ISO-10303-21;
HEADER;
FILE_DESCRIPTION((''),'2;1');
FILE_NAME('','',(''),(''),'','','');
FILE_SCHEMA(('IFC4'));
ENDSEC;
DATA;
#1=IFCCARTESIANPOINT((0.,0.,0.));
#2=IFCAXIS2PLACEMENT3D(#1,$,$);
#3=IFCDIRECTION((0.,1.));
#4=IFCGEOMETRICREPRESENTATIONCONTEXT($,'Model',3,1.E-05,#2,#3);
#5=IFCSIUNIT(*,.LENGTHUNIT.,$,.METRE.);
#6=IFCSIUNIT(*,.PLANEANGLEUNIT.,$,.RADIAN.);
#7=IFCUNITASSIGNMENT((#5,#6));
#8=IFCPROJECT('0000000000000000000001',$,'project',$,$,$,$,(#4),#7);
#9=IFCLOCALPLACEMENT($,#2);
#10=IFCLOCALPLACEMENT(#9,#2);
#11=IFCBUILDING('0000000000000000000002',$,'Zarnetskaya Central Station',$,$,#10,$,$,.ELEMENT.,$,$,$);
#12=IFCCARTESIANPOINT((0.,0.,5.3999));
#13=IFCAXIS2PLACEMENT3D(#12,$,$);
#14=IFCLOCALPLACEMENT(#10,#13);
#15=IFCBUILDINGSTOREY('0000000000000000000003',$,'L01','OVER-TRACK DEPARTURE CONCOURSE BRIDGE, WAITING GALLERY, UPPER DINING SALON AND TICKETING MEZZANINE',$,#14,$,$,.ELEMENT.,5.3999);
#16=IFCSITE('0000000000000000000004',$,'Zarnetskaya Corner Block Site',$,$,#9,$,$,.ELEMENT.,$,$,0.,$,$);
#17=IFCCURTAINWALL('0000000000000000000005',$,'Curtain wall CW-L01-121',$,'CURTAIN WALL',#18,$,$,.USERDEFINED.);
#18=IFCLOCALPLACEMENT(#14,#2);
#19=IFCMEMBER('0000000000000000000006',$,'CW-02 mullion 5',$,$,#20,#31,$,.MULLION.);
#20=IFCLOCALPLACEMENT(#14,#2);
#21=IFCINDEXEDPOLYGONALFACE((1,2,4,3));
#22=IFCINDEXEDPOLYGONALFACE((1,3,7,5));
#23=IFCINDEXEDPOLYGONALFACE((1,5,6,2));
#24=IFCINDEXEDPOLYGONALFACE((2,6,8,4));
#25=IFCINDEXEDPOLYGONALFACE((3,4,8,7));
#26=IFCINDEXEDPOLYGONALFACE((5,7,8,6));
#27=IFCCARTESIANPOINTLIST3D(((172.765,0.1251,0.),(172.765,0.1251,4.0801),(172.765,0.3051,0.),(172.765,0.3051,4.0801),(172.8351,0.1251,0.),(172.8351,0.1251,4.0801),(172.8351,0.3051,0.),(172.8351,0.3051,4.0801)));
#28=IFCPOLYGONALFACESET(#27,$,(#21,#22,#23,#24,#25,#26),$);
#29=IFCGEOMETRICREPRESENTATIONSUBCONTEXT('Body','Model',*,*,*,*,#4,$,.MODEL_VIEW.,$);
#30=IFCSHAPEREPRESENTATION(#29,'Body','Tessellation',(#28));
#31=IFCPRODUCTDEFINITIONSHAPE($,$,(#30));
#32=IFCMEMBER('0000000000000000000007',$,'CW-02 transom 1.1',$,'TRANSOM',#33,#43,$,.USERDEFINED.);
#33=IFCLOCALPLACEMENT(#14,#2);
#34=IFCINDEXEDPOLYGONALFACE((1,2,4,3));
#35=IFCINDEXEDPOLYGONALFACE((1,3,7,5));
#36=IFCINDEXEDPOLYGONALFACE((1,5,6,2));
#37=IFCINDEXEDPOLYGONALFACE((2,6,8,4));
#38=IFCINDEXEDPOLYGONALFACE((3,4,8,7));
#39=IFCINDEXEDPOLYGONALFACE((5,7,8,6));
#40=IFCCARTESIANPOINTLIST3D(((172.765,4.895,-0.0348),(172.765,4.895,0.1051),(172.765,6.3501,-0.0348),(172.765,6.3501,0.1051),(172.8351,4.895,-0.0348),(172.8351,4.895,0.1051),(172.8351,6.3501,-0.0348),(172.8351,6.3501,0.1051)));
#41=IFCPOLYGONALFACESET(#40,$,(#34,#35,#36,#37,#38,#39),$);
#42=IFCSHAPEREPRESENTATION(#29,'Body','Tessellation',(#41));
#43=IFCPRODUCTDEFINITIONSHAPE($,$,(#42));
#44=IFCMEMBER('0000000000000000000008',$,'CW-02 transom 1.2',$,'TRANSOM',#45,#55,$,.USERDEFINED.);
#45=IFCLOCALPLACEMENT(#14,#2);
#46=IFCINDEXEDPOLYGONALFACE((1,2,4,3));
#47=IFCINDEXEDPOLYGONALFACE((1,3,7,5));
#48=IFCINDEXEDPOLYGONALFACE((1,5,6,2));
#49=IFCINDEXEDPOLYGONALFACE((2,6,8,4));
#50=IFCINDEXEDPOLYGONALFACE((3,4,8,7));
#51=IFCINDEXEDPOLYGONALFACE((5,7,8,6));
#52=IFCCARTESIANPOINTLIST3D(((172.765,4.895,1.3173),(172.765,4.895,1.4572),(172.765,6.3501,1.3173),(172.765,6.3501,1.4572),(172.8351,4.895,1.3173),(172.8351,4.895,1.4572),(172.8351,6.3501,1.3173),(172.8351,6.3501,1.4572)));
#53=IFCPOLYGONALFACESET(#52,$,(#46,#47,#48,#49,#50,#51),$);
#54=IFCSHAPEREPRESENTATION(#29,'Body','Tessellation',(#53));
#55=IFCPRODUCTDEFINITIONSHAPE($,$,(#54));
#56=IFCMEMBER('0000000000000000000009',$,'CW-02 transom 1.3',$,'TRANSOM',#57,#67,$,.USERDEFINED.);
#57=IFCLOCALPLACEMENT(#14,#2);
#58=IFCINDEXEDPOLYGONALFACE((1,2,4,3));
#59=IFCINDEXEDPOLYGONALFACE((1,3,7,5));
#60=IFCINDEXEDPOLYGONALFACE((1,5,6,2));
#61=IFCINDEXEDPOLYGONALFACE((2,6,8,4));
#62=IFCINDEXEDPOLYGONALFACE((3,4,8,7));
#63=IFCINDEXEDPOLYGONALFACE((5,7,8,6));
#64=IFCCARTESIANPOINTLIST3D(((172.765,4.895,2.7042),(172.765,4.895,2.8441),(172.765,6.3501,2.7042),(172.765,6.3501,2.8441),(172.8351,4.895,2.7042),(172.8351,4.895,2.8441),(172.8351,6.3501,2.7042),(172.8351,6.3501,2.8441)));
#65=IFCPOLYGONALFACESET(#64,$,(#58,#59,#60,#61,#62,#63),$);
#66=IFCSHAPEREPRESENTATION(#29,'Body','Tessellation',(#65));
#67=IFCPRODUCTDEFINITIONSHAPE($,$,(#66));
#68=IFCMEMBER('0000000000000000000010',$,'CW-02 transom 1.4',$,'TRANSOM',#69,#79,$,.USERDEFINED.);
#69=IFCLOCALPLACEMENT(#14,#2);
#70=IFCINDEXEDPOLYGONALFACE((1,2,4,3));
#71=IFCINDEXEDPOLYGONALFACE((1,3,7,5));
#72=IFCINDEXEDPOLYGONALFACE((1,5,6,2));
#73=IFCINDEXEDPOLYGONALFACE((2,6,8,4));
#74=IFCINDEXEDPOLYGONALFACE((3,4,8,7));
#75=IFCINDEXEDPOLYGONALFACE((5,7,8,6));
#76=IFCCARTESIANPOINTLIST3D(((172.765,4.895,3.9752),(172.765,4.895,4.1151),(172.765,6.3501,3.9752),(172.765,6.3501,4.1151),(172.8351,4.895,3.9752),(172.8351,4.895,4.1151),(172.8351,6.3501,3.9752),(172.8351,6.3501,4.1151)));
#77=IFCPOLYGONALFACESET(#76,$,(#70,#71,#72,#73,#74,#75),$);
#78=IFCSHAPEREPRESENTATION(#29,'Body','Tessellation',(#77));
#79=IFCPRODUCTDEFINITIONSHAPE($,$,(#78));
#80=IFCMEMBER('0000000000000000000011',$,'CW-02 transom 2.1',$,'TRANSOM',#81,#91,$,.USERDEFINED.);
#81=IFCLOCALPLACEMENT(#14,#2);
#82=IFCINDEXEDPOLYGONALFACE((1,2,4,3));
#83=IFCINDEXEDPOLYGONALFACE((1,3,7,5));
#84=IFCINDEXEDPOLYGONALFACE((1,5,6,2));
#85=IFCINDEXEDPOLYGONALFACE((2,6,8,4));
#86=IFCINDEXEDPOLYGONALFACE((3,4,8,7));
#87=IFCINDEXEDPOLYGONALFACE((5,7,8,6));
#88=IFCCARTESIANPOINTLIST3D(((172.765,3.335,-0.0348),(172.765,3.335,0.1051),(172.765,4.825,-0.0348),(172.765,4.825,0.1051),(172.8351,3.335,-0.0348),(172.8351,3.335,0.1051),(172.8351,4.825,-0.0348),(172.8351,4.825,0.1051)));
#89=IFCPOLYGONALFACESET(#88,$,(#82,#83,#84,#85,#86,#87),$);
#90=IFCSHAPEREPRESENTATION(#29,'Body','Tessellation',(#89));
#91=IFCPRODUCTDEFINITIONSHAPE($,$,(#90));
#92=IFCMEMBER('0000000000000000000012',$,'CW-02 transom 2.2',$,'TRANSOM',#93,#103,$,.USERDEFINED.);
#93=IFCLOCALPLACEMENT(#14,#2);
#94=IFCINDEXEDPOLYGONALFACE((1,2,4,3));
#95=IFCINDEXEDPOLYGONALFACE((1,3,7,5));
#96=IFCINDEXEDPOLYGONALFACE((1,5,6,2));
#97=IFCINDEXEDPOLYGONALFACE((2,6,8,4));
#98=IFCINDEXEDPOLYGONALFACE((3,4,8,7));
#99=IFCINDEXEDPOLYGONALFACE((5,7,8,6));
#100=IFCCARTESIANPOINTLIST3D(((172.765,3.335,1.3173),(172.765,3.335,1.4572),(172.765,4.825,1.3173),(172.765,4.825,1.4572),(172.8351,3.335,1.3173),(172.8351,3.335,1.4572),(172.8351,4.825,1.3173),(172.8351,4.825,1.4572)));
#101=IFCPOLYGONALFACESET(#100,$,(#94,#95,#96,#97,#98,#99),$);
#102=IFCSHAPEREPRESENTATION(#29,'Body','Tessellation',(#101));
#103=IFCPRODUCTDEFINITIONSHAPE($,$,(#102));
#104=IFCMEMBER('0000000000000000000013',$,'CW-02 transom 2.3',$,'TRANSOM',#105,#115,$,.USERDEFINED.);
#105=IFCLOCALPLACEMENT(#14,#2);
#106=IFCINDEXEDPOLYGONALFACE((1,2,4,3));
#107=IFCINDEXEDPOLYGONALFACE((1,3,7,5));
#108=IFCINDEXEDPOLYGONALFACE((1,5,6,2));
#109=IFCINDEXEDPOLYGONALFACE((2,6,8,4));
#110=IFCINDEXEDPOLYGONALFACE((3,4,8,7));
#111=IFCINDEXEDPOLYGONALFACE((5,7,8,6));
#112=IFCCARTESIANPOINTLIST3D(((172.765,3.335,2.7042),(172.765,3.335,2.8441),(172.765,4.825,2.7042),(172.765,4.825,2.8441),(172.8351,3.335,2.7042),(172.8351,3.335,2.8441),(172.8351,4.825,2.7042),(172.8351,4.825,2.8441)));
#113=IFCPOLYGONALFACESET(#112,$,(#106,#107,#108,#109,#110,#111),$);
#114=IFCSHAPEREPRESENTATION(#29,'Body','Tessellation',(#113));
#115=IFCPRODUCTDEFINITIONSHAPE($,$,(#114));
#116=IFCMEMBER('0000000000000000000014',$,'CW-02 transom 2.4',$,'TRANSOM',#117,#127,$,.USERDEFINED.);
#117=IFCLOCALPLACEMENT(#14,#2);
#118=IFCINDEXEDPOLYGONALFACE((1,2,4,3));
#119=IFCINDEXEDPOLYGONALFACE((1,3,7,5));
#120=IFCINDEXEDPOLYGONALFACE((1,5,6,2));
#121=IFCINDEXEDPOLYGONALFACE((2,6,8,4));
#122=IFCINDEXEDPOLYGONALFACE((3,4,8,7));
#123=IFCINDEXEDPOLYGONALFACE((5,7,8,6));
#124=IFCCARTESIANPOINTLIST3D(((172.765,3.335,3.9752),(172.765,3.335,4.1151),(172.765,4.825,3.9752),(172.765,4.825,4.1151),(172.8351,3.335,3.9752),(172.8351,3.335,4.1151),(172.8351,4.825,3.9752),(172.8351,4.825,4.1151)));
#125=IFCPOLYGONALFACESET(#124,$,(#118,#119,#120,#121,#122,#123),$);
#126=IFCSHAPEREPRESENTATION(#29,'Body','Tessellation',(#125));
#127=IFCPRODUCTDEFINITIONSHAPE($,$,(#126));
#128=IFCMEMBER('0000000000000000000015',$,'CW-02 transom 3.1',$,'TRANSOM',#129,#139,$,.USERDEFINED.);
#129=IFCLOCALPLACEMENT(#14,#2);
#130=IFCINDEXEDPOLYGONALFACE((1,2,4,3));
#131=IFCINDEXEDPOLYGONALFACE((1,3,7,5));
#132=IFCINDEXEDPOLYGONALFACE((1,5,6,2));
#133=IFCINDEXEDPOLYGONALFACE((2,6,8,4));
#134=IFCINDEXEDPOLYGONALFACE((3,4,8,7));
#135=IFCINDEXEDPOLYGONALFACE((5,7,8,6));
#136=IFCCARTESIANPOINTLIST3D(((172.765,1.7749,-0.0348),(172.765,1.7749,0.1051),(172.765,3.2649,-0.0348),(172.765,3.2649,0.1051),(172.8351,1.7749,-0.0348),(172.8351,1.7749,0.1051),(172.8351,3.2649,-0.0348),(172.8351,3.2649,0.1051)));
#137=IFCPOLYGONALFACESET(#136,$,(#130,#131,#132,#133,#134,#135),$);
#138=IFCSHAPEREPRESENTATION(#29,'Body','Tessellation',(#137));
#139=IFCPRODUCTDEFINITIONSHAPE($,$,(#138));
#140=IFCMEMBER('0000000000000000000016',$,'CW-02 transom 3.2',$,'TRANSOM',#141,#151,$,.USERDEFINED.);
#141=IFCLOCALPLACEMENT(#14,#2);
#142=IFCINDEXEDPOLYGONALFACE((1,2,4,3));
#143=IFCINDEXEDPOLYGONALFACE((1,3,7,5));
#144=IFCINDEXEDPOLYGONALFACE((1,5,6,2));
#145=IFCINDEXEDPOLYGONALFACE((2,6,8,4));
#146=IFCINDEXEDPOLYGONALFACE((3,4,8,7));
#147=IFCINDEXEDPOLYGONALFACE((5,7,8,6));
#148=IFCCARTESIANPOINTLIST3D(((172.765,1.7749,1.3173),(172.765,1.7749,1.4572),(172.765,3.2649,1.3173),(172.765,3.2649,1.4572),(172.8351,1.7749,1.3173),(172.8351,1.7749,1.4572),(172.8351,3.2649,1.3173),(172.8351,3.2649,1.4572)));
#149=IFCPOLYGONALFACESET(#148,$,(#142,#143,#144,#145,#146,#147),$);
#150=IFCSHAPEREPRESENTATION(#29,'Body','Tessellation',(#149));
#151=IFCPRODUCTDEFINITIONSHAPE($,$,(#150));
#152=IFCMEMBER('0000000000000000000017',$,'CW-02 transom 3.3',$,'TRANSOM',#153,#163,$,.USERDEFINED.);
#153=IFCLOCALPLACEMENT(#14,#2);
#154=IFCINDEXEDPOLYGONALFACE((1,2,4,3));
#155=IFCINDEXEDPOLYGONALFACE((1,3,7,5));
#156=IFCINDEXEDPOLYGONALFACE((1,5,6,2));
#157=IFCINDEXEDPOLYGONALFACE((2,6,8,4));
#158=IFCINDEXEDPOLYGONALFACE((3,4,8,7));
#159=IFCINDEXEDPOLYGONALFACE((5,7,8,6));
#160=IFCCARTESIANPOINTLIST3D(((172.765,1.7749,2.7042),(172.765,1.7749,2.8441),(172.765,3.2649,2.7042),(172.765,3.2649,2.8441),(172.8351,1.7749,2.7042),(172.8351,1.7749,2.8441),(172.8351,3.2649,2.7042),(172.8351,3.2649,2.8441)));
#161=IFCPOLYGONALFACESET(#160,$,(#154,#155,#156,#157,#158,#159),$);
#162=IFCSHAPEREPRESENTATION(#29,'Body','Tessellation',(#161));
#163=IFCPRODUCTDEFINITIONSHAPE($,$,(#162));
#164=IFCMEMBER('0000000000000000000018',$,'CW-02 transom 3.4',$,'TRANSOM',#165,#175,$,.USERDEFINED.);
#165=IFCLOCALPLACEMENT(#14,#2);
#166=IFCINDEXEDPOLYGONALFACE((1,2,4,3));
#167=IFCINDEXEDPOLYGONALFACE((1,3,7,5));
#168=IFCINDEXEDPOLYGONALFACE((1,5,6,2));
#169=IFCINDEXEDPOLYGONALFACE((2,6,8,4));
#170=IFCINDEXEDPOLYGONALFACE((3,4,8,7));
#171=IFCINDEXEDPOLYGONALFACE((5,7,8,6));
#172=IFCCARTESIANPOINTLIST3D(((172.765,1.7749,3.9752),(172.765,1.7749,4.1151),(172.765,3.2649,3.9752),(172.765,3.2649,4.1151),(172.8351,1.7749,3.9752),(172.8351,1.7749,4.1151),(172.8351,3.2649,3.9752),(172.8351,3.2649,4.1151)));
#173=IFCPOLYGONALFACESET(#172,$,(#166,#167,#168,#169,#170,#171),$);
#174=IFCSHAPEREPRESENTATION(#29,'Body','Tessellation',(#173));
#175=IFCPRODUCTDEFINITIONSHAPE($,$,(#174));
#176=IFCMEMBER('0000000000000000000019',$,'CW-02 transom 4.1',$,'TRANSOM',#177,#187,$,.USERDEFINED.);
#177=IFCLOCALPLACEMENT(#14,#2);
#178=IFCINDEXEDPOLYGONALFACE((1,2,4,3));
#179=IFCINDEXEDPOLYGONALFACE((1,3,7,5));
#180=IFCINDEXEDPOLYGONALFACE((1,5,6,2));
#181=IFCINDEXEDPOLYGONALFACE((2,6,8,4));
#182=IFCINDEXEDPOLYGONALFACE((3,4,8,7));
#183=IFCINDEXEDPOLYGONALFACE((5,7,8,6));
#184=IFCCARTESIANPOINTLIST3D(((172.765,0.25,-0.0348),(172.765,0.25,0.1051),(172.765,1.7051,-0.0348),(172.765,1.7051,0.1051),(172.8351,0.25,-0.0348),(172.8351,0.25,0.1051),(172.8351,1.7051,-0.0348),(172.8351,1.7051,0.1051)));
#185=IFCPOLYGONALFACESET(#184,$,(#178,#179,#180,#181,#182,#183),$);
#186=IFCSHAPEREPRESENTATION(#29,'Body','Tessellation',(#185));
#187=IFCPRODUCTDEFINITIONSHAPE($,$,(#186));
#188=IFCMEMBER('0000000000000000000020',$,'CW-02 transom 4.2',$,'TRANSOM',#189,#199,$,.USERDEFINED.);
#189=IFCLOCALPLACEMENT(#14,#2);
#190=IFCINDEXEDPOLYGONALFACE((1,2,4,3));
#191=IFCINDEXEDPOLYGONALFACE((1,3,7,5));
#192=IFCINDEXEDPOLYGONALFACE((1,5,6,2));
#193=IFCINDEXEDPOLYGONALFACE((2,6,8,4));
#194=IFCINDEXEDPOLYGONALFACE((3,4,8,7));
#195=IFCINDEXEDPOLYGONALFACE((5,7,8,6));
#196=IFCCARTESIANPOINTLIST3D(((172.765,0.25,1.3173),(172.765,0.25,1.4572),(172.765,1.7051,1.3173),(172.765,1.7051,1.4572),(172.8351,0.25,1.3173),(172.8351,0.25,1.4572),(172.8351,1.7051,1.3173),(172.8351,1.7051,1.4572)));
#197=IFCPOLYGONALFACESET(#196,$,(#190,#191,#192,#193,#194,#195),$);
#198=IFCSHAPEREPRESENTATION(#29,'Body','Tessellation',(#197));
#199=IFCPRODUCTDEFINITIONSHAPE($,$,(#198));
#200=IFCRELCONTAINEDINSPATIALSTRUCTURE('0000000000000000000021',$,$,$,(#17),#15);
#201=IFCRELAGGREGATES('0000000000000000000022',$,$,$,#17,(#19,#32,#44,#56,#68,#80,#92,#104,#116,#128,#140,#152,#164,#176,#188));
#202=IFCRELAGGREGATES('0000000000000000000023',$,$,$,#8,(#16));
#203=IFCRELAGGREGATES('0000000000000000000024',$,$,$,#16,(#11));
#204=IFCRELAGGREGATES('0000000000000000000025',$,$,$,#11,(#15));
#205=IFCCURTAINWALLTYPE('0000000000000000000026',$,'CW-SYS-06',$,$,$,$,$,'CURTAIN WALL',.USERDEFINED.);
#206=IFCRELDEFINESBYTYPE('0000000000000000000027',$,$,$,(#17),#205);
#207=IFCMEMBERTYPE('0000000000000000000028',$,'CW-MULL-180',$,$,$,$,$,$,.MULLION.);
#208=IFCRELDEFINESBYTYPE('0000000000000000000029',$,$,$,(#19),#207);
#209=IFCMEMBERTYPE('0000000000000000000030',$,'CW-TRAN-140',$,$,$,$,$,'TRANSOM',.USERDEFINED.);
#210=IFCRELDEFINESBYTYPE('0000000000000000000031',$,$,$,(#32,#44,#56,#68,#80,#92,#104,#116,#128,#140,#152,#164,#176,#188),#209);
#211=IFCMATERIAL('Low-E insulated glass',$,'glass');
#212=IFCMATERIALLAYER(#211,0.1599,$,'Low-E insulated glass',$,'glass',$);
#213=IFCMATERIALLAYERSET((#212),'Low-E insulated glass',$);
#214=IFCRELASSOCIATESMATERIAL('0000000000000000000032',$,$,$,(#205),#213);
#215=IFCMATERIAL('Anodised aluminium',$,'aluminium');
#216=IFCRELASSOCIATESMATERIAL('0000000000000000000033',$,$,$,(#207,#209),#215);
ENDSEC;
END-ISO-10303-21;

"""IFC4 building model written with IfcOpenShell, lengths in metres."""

from ifc_helpers import new_model, si_unit, direction, frame, origin, origin_2d, place, context, subcontext, project, spatial, rectangle, extrude, material, layer, layer_set, material_profile, profile_set, type_object, element, aggregate, save


model = new_model("IFC4")

# Units and contexts
model_context = context("Model", 3, precision=1e-05, world=origin(), true_north=direction((0.0, 1.0)))
body_context = subcontext(model_context, "Body", "Model", "MODEL_VIEW")
ifc_project = project(units=[si_unit("LENGTHUNIT", "METRE"), si_unit("PLANEANGLEUNIT", "RADIAN")], contexts=[model_context])

# Site, building, storey
site_placement = place(None, origin())
site = spatial("IfcSite", under=ifc_project, at=site_placement, Name="Zarnetskaya Corner Block Site", CompositionType="ELEMENT", RefElevation=0.0)
building_placement = place(site_placement, origin())
building = spatial("IfcBuilding", under=site, at=building_placement, Name="Zarnetskaya Central Station", CompositionType="ELEMENT")
storey_placement = place(building_placement, frame((0.0, 0.0, 5.3999)))
storey = spatial("IfcBuildingStorey", under=building, at=storey_placement, Name="L01", Description="OVER-TRACK DEPARTURE CONCOURSE BRIDGE, WAITING GALLERY, UPPER DINING SALON AND TICKETING MEZZANINE", CompositionType="ELEMENT", Elevation=5.3999)

# Curtain wall, members
ifc_material_1 = material(Name="Low-E insulated glass", Category="glass")
ifc_layer_1 = layer(ifc_material_1, 0.1599, Name="Low-E insulated glass", Category="glass")
ifc_layer_set_1 = layer_set([ifc_layer_1], Name="Low-E insulated glass")
curtain_wall_type = type_object("IfcCurtainWallType", Name="CW-SYS-06", ElementType="CURTAIN WALL", PredefinedType="USERDEFINED", material=ifc_layer_set_1)
curtain_wall_placement = place(storey_placement, origin())
curtain_wall = element("IfcCurtainWall", 1, at=curtain_wall_placement, inside=storey, type_object=curtain_wall_type, Name="Curtain wall CW-L01-121", ObjectType="CURTAIN WALL", PredefinedType="USERDEFINED")
ifc_material_2 = material(Name="Anodised aluminium", Category="aluminium")
ifc_material_profile_1 = material_profile(ifc_material_2, rectangle(XDim=0.0701, YDim=0.1799, at=origin_2d()), Name="ALU MULL 70x180")
ifc_profile_set_1 = profile_set([ifc_material_profile_1], Name="Anodised aluminium")
member_type_1 = type_object("IfcMemberType", Name="CW-MULL-180", PredefinedType="MULLION", material=ifc_profile_set_1)
member_1_placement = place(storey_placement, frame((172.8, 0.2151, 0.0), z_axis=(0.0, 0.0, 1.0), x_axis=(1.0, 0.0, 0.0)))
member_1 = element("IfcMember", 2, at=member_1_placement, type_object=member_type_1, Name="CW-02 mullion 5", PredefinedType="MULLION", context=body_context, shape_type="SweptSolid", body=[
    extrude(rectangle(XDim=0.0701, YDim=0.1799, at=origin_2d()), origin(), (0.0, 0.0, 1.0), 4.0801),
])
ifc_material_profile_2 = material_profile(ifc_material_2, rectangle(XDim=0.0701, YDim=0.1399, at=origin_2d()), Name="ALU TRAN 70x140")
ifc_profile_set_2 = profile_set([ifc_material_profile_2], Name="Anodised aluminium")
member_type_2 = type_object("IfcMemberType", Name="CW-TRAN-140", ElementType="TRANSOM", PredefinedType="USERDEFINED", material=ifc_profile_set_2)
member_2_placement = place(storey_placement, frame((172.8, 6.3501, 0.0352), z_axis=(0.0, -1.0, 0.0), x_axis=(1.0, 0.0, 0.0)))
member_2 = element("IfcMember", 3, at=member_2_placement, type_object=member_type_2, Name="CW-02 transom 1.1", ObjectType="TRANSOM", PredefinedType="USERDEFINED", context=body_context, shape_type="SweptSolid", body=[
    extrude(rectangle(XDim=0.0701, YDim=0.1399, at=origin_2d()), origin(), (0.0, 0.0, 1.0), 1.4551),
])
member_3_placement = place(storey_placement, frame((172.8, 6.3501, 1.3872), z_axis=(0.0, -1.0, 0.0), x_axis=(1.0, 0.0, 0.0)))
member_3 = element("IfcMember", 4, at=member_3_placement, type_object=member_type_2, Name="CW-02 transom 1.2", ObjectType="TRANSOM", PredefinedType="USERDEFINED", context=body_context, shape_type="SweptSolid", body=[
    extrude(rectangle(XDim=0.0701, YDim=0.1399, at=origin_2d()), origin(), (0.0, 0.0, 1.0), 1.4551),
])
member_4_placement = place(storey_placement, frame((172.8, 6.3501, 2.7742), z_axis=(0.0, -1.0, 0.0), x_axis=(1.0, 0.0, 0.0)))
member_4 = element("IfcMember", 5, at=member_4_placement, type_object=member_type_2, Name="CW-02 transom 1.3", ObjectType="TRANSOM", PredefinedType="USERDEFINED", context=body_context, shape_type="SweptSolid", body=[
    extrude(rectangle(XDim=0.0701, YDim=0.1399, at=origin_2d()), origin(), (0.0, 0.0, 1.0), 1.4551),
])
member_5_placement = place(storey_placement, frame((172.8, 6.3501, 4.0452), z_axis=(0.0, -1.0, 0.0), x_axis=(1.0, 0.0, 0.0)))
member_5 = element("IfcMember", 6, at=member_5_placement, type_object=member_type_2, Name="CW-02 transom 1.4", ObjectType="TRANSOM", PredefinedType="USERDEFINED", context=body_context, shape_type="SweptSolid", body=[
    extrude(rectangle(XDim=0.0701, YDim=0.1399, at=origin_2d()), origin(), (0.0, 0.0, 1.0), 1.4551),
])
member_6_placement = place(storey_placement, frame((172.8, 4.825, 0.0352), z_axis=(0.0, -1.0, 0.0), x_axis=(1.0, 0.0, 0.0)))
member_6 = element("IfcMember", 7, at=member_6_placement, type_object=member_type_2, Name="CW-02 transom 2.1", ObjectType="TRANSOM", PredefinedType="USERDEFINED", context=body_context, shape_type="SweptSolid", body=[
    extrude(rectangle(XDim=0.0701, YDim=0.1399, at=origin_2d()), origin(), (0.0, 0.0, 1.0), 1.49),
])
member_7_placement = place(storey_placement, frame((172.8, 4.825, 1.3872), z_axis=(0.0, -1.0, 0.0), x_axis=(1.0, 0.0, 0.0)))
member_7 = element("IfcMember", 8, at=member_7_placement, type_object=member_type_2, Name="CW-02 transom 2.2", ObjectType="TRANSOM", PredefinedType="USERDEFINED", context=body_context, shape_type="SweptSolid", body=[
    extrude(rectangle(XDim=0.0701, YDim=0.1399, at=origin_2d()), origin(), (0.0, 0.0, 1.0), 1.49),
])
member_8_placement = place(storey_placement, frame((172.8, 4.825, 2.7742), z_axis=(0.0, -1.0, 0.0), x_axis=(1.0, 0.0, 0.0)))
member_8 = element("IfcMember", 9, at=member_8_placement, type_object=member_type_2, Name="CW-02 transom 2.3", ObjectType="TRANSOM", PredefinedType="USERDEFINED", context=body_context, shape_type="SweptSolid", body=[
    extrude(rectangle(XDim=0.0701, YDim=0.1399, at=origin_2d()), origin(), (0.0, 0.0, 1.0), 1.49),
])
member_9_placement = place(storey_placement, frame((172.8, 4.825, 4.0452), z_axis=(0.0, -1.0, 0.0), x_axis=(1.0, 0.0, 0.0)))
member_9 = element("IfcMember", 10, at=member_9_placement, type_object=member_type_2, Name="CW-02 transom 2.4", ObjectType="TRANSOM", PredefinedType="USERDEFINED", context=body_context, shape_type="SweptSolid", body=[
    extrude(rectangle(XDim=0.0701, YDim=0.1399, at=origin_2d()), origin(), (0.0, 0.0, 1.0), 1.49),
])
member_10_placement = place(storey_placement, frame((172.8, 3.2649, 0.0352), z_axis=(0.0, -1.0, 0.0), x_axis=(1.0, 0.0, 0.0)))
member_10 = element("IfcMember", 11, at=member_10_placement, type_object=member_type_2, Name="CW-02 transom 3.1", ObjectType="TRANSOM", PredefinedType="USERDEFINED", context=body_context, shape_type="SweptSolid", body=[
    extrude(rectangle(XDim=0.0701, YDim=0.1399, at=origin_2d()), origin(), (0.0, 0.0, 1.0), 1.49),
])
member_11_placement = place(storey_placement, frame((172.8, 3.2649, 1.3872), z_axis=(0.0, -1.0, 0.0), x_axis=(1.0, 0.0, 0.0)))
member_11 = element("IfcMember", 12, at=member_11_placement, type_object=member_type_2, Name="CW-02 transom 3.2", ObjectType="TRANSOM", PredefinedType="USERDEFINED", context=body_context, shape_type="SweptSolid", body=[
    extrude(rectangle(XDim=0.0701, YDim=0.1399, at=origin_2d()), origin(), (0.0, 0.0, 1.0), 1.49),
])
member_12_placement = place(storey_placement, frame((172.8, 3.2649, 2.7742), z_axis=(0.0, -1.0, 0.0), x_axis=(1.0, 0.0, 0.0)))
member_12 = element("IfcMember", 13, at=member_12_placement, type_object=member_type_2, Name="CW-02 transom 3.3", ObjectType="TRANSOM", PredefinedType="USERDEFINED", context=body_context, shape_type="SweptSolid", body=[
    extrude(rectangle(XDim=0.0701, YDim=0.1399, at=origin_2d()), origin(), (0.0, 0.0, 1.0), 1.49),
])
member_13_placement = place(storey_placement, frame((172.8, 3.2649, 4.0452), z_axis=(0.0, -1.0, 0.0), x_axis=(1.0, 0.0, 0.0)))
member_13 = element("IfcMember", 14, at=member_13_placement, type_object=member_type_2, Name="CW-02 transom 3.4", ObjectType="TRANSOM", PredefinedType="USERDEFINED", context=body_context, shape_type="SweptSolid", body=[
    extrude(rectangle(XDim=0.0701, YDim=0.1399, at=origin_2d()), origin(), (0.0, 0.0, 1.0), 1.49),
])
member_14_placement = place(storey_placement, frame((172.8, 1.7051, 0.0352), z_axis=(0.0, -1.0, 0.0), x_axis=(1.0, 0.0, 0.0)))
member_14 = element("IfcMember", 15, at=member_14_placement, type_object=member_type_2, Name="CW-02 transom 4.1", ObjectType="TRANSOM", PredefinedType="USERDEFINED", context=body_context, shape_type="SweptSolid", body=[
    extrude(rectangle(XDim=0.0701, YDim=0.1399, at=origin_2d()), origin(), (0.0, 0.0, 1.0), 1.4551),
])
member_15_placement = place(storey_placement, frame((172.8, 1.7051, 1.3872), z_axis=(0.0, -1.0, 0.0), x_axis=(1.0, 0.0, 0.0)))
member_15 = element("IfcMember", 16, at=member_15_placement, type_object=member_type_2, Name="CW-02 transom 4.2", ObjectType="TRANSOM", PredefinedType="USERDEFINED", context=body_context, shape_type="SweptSolid", body=[
    extrude(rectangle(XDim=0.0701, YDim=0.1399, at=origin_2d()), origin(), (0.0, 0.0, 1.0), 1.4551),
])

aggregate(curtain_wall, [member_1, member_2, member_3, member_4, member_5, member_6, member_7, member_8, member_9, member_10, member_11, member_12, member_13, member_14, member_15])

save(model, "model.ifc")
